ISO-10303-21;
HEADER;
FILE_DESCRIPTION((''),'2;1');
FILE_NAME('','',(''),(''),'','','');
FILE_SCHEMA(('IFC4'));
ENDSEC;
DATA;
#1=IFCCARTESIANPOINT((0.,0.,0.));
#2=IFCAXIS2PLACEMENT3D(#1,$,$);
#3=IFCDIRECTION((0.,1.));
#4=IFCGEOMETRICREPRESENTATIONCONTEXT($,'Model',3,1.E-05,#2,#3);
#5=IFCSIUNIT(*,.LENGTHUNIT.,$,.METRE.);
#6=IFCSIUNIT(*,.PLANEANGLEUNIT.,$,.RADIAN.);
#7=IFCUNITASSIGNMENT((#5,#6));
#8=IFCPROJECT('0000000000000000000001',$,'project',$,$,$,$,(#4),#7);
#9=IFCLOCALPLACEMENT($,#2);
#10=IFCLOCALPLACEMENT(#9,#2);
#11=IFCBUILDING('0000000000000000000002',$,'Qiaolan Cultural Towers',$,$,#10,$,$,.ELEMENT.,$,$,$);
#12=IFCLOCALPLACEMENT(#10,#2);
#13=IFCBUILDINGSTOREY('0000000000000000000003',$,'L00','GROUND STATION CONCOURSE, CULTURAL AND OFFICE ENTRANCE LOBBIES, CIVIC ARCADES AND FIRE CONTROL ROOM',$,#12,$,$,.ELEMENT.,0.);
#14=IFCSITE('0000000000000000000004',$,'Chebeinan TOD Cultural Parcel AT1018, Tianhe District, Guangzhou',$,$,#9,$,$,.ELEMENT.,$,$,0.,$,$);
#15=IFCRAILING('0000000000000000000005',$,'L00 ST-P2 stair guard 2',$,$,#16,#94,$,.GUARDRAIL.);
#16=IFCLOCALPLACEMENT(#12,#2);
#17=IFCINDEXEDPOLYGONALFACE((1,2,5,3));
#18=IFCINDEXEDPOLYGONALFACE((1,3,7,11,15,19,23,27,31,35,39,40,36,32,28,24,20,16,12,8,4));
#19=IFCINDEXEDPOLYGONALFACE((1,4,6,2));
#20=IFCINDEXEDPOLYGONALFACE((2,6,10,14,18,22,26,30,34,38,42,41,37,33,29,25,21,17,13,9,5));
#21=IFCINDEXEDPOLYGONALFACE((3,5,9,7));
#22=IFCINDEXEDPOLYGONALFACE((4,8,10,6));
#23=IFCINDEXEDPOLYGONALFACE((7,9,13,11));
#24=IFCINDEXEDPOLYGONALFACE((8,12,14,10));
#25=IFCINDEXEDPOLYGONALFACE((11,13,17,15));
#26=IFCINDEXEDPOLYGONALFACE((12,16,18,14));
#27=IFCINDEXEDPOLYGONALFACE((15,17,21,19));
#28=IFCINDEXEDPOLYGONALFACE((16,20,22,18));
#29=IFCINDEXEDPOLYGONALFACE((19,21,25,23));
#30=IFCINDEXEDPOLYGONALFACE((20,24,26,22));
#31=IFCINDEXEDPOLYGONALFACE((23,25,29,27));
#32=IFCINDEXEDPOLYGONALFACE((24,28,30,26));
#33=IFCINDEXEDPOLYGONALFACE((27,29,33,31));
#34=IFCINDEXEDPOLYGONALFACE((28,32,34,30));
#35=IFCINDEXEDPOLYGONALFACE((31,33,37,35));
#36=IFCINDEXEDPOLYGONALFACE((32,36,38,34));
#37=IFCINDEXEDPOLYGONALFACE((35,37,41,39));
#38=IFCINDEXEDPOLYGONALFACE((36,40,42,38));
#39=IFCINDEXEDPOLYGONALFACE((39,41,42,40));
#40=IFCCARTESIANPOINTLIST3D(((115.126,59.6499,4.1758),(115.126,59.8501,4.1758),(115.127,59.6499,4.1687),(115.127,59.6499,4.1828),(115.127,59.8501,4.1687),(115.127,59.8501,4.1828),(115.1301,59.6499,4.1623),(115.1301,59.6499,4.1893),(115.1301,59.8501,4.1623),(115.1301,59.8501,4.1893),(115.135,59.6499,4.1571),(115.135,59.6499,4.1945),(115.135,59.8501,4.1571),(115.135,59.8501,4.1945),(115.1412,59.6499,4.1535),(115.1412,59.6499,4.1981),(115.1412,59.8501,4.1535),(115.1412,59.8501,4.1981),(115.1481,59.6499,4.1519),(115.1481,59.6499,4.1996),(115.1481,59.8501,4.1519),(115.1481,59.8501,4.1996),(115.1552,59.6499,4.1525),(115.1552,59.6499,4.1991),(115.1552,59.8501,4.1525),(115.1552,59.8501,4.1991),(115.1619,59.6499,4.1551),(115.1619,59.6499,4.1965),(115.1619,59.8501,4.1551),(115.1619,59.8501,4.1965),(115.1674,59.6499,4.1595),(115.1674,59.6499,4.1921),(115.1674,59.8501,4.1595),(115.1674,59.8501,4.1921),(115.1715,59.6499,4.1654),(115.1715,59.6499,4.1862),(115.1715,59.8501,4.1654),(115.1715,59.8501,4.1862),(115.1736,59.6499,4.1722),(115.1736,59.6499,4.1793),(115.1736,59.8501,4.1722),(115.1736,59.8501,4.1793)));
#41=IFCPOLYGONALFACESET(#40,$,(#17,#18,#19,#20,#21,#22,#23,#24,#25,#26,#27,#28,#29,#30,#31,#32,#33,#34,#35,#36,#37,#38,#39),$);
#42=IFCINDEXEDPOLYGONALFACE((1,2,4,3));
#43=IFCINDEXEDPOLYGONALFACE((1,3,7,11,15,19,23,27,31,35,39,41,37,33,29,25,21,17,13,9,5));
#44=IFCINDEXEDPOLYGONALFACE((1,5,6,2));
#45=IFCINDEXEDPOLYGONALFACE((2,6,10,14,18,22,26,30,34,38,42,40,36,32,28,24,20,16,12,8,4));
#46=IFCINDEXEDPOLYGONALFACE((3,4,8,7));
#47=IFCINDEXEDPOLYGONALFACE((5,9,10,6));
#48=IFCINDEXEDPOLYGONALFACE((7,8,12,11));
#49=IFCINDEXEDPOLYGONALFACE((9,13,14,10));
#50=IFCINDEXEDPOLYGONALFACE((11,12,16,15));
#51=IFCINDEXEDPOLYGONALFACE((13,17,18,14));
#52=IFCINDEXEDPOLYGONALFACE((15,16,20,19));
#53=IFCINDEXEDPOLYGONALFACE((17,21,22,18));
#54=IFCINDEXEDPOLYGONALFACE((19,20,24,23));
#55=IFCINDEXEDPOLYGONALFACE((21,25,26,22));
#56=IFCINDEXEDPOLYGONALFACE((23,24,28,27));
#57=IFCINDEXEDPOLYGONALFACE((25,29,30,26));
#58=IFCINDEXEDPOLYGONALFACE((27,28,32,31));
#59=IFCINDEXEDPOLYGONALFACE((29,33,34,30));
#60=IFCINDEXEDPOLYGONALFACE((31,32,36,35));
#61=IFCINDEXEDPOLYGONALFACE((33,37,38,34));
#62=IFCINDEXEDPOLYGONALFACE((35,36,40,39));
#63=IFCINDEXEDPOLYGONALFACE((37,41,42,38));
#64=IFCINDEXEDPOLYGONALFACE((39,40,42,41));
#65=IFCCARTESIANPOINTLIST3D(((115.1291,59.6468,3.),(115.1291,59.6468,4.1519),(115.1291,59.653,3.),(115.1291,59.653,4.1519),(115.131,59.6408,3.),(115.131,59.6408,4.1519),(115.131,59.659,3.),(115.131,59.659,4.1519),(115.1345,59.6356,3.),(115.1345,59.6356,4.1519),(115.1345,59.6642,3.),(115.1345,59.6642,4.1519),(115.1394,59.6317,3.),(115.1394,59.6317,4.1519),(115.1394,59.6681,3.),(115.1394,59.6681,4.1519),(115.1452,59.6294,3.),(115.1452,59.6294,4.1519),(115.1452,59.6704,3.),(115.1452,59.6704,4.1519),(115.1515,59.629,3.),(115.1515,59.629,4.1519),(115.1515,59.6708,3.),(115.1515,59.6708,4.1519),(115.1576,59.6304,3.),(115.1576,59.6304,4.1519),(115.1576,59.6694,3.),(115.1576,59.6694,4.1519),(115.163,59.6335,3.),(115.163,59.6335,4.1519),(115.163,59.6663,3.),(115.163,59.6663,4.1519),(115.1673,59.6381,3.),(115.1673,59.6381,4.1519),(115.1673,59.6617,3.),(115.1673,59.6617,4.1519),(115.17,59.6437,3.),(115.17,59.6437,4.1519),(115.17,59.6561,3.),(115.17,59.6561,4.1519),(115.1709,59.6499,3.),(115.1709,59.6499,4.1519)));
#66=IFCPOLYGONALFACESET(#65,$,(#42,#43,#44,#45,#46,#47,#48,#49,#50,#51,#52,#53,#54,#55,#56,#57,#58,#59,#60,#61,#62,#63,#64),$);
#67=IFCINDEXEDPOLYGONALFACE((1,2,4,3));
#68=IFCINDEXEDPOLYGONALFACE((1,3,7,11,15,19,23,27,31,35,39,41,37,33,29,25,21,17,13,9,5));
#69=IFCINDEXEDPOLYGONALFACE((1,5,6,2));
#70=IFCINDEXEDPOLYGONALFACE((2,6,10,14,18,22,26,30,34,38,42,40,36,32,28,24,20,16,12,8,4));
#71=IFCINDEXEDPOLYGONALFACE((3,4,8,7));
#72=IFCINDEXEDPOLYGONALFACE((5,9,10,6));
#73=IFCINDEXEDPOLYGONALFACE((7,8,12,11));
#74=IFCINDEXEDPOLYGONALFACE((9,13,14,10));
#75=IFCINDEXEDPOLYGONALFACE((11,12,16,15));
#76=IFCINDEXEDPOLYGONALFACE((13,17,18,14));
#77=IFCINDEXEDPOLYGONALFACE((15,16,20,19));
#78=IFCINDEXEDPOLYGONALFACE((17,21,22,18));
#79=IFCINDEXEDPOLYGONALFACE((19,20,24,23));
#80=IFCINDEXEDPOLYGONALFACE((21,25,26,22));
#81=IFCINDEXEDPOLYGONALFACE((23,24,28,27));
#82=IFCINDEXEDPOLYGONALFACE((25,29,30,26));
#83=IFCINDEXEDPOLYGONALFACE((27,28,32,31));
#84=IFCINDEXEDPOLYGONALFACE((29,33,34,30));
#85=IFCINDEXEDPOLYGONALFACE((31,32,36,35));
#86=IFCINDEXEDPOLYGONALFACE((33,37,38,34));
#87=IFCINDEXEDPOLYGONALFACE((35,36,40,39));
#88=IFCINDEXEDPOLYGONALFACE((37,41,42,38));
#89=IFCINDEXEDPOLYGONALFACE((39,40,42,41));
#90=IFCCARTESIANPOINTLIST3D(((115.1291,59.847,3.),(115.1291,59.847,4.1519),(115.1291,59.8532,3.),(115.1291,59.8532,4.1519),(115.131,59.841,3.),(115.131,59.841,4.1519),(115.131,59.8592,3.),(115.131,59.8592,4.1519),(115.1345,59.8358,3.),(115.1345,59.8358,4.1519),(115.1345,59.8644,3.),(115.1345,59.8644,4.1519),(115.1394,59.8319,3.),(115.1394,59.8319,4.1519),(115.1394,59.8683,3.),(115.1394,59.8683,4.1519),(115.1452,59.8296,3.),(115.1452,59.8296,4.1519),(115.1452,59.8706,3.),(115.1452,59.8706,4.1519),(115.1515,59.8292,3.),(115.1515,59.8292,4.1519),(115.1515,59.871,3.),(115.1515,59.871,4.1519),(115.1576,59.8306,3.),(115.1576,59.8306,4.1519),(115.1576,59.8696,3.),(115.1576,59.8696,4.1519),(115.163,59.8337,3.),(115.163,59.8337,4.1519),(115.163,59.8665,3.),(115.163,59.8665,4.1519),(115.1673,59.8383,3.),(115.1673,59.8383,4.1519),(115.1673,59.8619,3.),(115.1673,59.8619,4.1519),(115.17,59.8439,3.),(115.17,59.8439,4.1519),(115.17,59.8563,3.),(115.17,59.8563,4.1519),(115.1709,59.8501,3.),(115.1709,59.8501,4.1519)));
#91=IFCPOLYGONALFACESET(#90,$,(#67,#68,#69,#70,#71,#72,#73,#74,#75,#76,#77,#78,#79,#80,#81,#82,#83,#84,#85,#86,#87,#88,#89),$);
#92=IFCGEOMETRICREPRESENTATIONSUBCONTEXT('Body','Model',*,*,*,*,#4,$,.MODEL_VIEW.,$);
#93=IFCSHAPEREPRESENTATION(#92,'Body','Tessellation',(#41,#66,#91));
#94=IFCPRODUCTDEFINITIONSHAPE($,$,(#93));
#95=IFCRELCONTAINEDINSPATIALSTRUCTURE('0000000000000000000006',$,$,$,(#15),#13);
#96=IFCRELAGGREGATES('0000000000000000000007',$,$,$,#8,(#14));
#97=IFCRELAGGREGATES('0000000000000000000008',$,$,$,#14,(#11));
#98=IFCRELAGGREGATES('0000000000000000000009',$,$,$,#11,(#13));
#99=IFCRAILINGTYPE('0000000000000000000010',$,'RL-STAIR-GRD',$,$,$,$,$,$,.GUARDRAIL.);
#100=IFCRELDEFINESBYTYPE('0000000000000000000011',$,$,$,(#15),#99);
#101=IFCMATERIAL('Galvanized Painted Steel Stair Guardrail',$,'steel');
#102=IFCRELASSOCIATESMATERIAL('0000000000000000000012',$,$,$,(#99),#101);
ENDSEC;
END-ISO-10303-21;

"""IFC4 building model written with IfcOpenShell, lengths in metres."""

from ifc_helpers import new_model, si_unit, direction, frame, origin, origin_2d, place, context, subcontext, project, spatial, circle, extrude, material, type_object, element, save


model = new_model("IFC4")

# Units and contexts
model_context = context("Model", 3, precision=1e-05, world=origin(), true_north=direction((0.0, 1.0)))
body_context = subcontext(model_context, "Body", "Model", "MODEL_VIEW")
ifc_project = project(units=[si_unit("LENGTHUNIT", "METRE"), si_unit("PLANEANGLEUNIT", "RADIAN")], contexts=[model_context])

# Site, building, storey
site_placement = place(None, origin())
site = spatial("IfcSite", under=ifc_project, at=site_placement, Name="Chebeinan TOD Cultural Parcel AT1018, Tianhe District, Guangzhou", CompositionType="ELEMENT", RefElevation=0.0)
building_placement = place(site_placement, origin())
building = spatial("IfcBuilding", under=site, at=building_placement, Name="Qiaolan Cultural Towers", CompositionType="ELEMENT")
storey_placement = place(building_placement, origin())
storey = spatial("IfcBuildingStorey", under=building, at=storey_placement, Name="L00", Description="GROUND STATION CONCOURSE, CULTURAL AND OFFICE ENTRANCE LOBBIES, CIVIC ARCADES AND FIRE CONTROL ROOM", CompositionType="ELEMENT", Elevation=0.0)

# Railing
ifc_material_1 = material(Name="Galvanized Painted Steel Stair Guardrail", Category="steel")
railing_type_1 = type_object("IfcRailingType", Name="RL-STAIR-GRD", PredefinedType="GUARDRAIL", material=ifc_material_1)
railing_1_placement = place(storey_placement, frame((115.1499, 59.6499, 3.0)))
element("IfcRailing", 1, at=railing_1_placement, inside=storey, type_object=railing_type_1, Name="L00 ST-P2 stair guard 2", PredefinedType="GUARDRAIL", context=body_context, shape_type="SweptSolid", body=[
    extrude(circle(Radius=0.0239, at=origin_2d()), frame((0.0, 0.0, 1.1758), z_axis=(0.0, 1.0, 0.0), x_axis=(-1.0, 0.0, 0.0)), (0.0, 0.0, 1.0), 0.2002),
    extrude(circle(Radius=0.021, at=origin_2d()), origin(), (0.0, 0.0, 1.0), 1.1519),
    extrude(circle(Radius=0.021, at=origin_2d()), frame((0.0, 0.2002, 0.0)), (0.0, 0.0, 1.0), 1.1519),
])

save(model, "model.ifc")
